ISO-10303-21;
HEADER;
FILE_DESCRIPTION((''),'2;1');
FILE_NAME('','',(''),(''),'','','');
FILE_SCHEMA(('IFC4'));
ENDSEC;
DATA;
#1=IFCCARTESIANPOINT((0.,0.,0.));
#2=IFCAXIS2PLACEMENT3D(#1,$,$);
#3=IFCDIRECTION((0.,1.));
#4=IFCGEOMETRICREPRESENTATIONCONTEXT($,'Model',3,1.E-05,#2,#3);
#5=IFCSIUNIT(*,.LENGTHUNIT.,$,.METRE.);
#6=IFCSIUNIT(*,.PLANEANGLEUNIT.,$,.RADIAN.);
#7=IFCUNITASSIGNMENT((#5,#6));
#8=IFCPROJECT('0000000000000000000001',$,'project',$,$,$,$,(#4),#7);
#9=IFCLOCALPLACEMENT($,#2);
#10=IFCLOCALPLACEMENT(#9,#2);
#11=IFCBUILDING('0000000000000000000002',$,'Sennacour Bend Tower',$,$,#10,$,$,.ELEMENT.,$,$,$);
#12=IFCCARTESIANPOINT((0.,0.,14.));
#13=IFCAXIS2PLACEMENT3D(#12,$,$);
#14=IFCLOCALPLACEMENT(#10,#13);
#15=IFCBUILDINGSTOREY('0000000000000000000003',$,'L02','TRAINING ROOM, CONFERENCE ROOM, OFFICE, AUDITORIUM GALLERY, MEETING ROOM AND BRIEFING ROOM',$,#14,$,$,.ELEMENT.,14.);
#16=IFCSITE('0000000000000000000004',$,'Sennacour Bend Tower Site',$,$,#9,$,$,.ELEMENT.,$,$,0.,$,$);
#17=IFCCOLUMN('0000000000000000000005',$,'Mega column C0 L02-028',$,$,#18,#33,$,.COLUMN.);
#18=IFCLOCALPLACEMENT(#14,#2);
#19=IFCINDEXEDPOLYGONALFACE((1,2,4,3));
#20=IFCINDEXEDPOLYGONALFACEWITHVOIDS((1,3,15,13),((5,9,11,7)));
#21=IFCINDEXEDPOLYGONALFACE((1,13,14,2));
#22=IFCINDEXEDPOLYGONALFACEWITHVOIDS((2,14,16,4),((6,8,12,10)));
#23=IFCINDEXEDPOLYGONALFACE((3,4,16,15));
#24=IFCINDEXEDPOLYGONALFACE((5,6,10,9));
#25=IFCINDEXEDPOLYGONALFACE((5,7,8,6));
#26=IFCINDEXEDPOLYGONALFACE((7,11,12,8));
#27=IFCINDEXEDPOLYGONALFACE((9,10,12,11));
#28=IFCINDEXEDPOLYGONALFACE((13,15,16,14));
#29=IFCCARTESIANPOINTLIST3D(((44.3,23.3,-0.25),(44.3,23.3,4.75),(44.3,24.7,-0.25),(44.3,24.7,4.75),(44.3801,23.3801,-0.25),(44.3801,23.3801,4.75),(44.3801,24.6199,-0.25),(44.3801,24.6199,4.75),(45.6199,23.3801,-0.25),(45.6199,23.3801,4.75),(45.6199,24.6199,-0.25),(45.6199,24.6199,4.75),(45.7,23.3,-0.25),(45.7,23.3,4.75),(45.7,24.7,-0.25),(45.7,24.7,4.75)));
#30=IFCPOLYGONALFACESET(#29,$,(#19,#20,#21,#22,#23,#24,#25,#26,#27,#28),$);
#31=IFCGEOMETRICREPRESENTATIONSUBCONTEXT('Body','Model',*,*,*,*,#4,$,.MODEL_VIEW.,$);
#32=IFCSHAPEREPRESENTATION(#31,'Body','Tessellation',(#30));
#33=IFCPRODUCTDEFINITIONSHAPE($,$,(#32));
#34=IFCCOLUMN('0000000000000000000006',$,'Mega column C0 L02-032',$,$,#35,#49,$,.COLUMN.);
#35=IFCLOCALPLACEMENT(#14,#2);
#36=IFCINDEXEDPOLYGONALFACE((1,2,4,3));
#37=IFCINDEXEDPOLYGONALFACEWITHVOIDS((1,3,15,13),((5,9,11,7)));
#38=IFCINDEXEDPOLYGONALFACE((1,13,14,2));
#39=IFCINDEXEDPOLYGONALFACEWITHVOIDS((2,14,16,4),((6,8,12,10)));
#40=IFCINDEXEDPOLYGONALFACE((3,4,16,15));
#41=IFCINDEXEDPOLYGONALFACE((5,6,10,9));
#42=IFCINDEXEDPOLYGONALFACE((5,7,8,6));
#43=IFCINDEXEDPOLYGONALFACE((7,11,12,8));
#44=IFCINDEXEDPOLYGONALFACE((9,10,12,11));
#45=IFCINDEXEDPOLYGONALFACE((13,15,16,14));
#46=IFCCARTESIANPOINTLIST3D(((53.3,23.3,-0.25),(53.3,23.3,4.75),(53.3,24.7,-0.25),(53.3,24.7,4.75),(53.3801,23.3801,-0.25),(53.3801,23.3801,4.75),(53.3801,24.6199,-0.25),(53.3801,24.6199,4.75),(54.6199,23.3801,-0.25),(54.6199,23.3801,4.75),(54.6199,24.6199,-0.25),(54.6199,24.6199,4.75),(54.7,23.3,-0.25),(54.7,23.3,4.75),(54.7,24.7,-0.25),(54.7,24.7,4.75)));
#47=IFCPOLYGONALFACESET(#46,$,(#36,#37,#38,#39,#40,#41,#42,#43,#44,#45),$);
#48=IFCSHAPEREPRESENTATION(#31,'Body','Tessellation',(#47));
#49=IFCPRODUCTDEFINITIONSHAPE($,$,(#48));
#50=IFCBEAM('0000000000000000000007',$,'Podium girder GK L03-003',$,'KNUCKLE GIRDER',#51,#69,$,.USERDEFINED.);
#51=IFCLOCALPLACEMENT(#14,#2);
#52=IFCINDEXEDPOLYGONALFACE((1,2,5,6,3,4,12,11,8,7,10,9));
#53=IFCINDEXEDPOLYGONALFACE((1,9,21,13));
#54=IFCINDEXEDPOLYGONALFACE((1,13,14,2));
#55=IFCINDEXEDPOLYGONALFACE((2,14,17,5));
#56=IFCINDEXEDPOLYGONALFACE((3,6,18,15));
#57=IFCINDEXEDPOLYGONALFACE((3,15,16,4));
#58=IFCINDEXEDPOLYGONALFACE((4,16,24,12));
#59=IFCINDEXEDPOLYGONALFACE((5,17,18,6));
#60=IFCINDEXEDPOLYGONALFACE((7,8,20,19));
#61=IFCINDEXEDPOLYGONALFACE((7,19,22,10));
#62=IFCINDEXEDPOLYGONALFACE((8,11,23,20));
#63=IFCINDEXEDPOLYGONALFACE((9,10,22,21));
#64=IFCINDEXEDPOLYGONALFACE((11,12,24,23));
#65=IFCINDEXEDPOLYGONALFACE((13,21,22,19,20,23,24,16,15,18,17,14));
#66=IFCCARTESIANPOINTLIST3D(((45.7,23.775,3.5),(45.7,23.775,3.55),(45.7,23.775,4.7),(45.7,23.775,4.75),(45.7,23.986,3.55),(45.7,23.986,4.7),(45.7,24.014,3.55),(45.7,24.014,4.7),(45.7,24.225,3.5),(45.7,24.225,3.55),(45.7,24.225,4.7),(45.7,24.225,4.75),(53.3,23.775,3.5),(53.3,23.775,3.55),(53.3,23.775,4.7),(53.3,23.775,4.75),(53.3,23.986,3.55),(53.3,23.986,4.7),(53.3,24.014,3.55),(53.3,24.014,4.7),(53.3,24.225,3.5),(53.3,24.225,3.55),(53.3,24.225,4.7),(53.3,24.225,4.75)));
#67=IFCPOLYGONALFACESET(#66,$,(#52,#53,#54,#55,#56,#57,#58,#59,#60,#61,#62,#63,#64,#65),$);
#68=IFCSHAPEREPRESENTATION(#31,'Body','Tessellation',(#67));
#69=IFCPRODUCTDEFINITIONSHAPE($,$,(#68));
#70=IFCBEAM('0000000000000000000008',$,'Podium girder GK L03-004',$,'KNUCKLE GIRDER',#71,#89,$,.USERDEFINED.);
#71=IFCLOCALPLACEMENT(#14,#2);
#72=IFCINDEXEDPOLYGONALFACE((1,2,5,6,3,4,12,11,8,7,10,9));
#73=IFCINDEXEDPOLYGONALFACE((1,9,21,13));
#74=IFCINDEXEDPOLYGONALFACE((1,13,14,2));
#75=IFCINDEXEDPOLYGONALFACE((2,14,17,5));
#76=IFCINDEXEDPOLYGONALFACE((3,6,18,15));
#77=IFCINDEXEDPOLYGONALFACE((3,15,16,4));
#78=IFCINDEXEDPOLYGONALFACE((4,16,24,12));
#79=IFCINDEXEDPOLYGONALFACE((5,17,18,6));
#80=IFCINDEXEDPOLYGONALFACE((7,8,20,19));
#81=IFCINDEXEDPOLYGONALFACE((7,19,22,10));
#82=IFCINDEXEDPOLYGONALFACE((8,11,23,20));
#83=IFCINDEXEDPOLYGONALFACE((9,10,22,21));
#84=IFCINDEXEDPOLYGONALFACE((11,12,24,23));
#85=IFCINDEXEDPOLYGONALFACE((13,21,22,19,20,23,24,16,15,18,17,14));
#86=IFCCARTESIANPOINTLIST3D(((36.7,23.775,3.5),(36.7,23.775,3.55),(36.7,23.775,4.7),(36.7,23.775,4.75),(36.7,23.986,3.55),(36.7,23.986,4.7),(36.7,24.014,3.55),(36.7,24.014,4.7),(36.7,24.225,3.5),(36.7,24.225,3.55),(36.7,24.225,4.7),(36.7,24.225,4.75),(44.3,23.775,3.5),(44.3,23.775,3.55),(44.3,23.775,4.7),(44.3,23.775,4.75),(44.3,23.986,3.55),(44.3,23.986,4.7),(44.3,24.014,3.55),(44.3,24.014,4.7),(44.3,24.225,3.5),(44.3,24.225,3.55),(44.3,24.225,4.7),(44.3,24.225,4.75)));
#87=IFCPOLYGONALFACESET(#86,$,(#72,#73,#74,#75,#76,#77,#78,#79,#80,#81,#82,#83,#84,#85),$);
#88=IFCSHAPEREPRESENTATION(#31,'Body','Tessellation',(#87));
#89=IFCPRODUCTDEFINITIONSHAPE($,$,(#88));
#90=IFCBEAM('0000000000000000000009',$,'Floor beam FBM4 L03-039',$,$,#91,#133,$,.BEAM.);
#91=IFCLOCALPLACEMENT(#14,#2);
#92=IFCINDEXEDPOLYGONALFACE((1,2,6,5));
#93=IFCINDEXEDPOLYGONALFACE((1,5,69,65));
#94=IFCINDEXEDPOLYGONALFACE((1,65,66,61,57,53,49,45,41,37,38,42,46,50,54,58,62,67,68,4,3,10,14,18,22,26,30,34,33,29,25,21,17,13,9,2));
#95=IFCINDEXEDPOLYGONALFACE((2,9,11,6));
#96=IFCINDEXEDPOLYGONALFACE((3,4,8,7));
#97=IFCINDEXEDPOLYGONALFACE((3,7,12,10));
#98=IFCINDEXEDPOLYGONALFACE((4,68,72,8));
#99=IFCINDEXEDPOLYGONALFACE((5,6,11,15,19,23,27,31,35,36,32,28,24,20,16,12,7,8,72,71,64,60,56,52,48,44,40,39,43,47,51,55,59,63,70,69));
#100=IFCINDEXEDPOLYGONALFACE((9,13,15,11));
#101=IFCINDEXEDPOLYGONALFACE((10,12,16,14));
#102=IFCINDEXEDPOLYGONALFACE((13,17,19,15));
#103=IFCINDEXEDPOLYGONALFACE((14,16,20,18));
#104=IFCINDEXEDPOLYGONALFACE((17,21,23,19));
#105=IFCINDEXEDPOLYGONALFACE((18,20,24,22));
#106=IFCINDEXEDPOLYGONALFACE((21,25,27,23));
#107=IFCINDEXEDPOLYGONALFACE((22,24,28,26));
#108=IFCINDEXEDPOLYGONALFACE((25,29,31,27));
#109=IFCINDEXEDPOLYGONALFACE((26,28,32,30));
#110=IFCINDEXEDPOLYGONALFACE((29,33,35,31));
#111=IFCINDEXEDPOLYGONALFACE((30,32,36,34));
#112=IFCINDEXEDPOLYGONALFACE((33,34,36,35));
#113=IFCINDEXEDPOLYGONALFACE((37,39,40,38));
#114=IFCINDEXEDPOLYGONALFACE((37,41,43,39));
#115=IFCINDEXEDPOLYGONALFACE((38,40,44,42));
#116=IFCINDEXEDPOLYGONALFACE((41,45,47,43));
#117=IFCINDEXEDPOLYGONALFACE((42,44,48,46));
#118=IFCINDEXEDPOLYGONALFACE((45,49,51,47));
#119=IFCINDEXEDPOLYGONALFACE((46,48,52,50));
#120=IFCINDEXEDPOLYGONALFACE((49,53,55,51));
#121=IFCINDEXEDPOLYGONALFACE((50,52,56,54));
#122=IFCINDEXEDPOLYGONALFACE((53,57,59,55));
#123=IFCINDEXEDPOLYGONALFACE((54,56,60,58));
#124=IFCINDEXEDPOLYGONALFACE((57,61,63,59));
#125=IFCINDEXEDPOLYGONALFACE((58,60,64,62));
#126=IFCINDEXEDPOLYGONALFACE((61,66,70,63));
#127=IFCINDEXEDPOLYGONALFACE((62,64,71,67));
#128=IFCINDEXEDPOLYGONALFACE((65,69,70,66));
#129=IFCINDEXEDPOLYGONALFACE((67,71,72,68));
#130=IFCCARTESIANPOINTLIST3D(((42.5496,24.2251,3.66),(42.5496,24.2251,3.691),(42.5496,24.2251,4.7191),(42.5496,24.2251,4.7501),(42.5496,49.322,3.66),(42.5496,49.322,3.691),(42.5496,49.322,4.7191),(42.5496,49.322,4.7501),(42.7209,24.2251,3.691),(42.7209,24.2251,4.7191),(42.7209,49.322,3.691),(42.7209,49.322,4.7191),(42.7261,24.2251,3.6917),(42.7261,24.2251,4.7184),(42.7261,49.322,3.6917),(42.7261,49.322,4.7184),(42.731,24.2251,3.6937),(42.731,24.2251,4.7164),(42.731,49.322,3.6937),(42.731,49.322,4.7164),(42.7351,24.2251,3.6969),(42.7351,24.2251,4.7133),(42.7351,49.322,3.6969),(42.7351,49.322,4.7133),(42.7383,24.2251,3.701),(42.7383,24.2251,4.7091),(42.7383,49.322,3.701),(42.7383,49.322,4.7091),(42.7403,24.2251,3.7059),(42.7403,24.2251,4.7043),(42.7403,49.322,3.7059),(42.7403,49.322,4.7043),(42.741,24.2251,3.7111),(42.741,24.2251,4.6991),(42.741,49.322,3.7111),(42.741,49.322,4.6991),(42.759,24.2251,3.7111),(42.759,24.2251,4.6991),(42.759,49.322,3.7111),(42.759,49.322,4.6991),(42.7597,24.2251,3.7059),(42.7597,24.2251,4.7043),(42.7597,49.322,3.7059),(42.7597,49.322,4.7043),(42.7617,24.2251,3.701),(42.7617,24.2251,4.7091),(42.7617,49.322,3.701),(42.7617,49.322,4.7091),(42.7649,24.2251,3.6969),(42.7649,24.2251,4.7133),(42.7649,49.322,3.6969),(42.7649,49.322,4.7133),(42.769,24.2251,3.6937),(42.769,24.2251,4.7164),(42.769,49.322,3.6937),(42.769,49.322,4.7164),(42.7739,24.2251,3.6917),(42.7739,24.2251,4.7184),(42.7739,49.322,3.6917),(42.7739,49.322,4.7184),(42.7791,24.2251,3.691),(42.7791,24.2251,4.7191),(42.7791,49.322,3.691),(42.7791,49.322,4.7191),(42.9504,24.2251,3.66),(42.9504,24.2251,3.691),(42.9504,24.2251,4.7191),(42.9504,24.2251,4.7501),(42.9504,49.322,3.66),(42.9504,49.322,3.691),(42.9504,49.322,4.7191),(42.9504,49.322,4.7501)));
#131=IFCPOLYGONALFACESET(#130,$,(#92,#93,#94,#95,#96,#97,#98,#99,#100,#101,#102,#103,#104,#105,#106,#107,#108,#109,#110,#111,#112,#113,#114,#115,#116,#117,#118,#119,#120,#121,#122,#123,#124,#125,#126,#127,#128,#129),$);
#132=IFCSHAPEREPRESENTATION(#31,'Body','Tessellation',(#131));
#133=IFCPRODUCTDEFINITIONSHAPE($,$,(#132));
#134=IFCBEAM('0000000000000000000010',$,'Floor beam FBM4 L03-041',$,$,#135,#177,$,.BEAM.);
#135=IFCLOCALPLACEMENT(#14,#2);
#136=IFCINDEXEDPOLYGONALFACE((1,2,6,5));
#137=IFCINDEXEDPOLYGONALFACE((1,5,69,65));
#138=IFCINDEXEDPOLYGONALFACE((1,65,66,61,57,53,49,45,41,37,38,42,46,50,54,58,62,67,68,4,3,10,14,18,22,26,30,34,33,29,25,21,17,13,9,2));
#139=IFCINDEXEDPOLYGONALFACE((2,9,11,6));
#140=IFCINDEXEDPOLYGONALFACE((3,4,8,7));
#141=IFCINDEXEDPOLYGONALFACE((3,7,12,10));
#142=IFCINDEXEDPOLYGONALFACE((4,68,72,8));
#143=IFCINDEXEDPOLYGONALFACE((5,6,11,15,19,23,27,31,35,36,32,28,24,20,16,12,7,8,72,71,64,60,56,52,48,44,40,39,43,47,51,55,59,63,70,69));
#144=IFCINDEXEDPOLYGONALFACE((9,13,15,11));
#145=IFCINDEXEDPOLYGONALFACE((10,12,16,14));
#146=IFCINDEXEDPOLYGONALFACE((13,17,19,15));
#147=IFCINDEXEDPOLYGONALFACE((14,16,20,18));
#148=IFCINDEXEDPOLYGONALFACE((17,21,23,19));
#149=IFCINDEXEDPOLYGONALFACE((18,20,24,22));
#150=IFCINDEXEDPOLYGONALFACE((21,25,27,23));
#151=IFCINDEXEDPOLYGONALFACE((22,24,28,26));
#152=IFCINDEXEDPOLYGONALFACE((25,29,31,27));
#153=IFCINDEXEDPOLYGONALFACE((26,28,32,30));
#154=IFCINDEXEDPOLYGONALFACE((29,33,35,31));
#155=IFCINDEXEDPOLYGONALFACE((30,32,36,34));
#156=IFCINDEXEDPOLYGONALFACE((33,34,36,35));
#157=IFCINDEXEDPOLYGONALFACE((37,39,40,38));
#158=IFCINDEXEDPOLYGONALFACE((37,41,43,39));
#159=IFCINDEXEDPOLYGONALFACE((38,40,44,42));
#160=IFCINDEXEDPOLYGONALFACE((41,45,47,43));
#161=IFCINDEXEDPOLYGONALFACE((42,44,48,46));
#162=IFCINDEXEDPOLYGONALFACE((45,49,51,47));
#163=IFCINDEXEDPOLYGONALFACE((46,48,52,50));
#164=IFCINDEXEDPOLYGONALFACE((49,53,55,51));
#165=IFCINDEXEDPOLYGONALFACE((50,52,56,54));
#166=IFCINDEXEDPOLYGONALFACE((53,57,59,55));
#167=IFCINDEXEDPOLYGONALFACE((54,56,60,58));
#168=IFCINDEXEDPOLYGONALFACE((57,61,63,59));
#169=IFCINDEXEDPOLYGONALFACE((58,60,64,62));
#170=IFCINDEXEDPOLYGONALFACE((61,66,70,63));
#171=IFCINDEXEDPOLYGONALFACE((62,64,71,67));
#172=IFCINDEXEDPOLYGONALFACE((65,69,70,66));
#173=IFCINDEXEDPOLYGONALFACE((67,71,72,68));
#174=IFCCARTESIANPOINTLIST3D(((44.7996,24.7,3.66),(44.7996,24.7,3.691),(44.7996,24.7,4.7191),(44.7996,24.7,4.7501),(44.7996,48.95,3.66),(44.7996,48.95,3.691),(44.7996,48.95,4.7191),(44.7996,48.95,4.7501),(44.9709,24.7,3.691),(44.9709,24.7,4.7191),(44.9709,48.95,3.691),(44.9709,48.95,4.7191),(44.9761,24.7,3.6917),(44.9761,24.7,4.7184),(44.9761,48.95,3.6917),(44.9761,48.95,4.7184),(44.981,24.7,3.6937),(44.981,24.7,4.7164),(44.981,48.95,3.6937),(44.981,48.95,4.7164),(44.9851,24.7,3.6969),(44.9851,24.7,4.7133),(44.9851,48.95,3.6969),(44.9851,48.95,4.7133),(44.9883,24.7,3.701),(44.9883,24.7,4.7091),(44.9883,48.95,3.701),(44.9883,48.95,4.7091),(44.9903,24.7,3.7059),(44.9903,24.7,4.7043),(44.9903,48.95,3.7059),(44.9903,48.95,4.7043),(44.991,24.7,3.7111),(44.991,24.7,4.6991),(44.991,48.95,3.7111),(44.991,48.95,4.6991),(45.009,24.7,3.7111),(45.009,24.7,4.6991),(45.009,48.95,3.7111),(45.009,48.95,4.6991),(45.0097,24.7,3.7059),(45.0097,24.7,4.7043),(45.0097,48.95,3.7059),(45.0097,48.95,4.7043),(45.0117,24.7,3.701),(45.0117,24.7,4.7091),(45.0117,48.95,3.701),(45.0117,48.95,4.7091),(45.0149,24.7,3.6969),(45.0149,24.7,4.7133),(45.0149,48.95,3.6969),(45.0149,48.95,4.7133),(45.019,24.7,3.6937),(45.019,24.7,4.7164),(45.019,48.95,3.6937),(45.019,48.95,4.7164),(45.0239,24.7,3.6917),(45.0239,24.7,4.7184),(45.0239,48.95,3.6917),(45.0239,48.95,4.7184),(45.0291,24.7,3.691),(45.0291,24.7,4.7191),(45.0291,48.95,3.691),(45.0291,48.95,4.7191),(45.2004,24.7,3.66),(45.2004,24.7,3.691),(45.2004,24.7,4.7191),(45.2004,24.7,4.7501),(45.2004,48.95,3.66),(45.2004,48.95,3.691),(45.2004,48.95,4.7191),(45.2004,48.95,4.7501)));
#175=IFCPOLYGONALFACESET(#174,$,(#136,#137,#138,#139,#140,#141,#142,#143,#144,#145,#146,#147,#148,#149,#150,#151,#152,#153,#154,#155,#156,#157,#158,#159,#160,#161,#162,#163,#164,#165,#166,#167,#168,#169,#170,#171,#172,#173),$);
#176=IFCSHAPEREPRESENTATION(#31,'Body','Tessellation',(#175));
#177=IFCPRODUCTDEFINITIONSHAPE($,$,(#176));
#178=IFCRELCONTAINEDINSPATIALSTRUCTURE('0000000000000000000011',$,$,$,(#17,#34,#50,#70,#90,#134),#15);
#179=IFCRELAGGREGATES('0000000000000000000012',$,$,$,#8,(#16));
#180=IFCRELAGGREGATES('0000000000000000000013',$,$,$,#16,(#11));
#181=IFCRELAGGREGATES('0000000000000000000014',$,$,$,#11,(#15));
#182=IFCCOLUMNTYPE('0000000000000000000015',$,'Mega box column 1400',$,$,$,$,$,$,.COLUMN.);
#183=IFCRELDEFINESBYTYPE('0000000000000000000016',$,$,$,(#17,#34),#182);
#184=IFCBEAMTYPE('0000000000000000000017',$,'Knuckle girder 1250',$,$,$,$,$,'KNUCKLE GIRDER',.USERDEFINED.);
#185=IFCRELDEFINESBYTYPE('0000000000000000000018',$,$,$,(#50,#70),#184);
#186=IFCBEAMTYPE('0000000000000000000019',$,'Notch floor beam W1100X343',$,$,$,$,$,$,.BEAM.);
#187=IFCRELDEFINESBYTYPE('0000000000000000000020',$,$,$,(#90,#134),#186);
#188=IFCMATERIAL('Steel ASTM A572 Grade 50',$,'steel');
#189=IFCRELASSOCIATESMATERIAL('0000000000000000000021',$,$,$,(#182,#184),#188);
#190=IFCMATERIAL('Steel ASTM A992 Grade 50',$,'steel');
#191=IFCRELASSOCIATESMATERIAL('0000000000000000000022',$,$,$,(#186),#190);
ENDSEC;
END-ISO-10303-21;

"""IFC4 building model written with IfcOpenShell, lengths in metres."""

from ifc_helpers import new_model, si_unit, direction, frame, origin, origin_2d, place, context, subcontext, project, spatial, hollow_rectangle, i_section, extrude, material, material_profile, profile_set, type_object, element, save


model = new_model("IFC4")

# Units and contexts
model_context = context("Model", 3, precision=1e-05, world=origin(), true_north=direction((0.0, 1.0)))
body_context = subcontext(model_context, "Body", "Model", "MODEL_VIEW")
ifc_project = project(units=[si_unit("LENGTHUNIT", "METRE"), si_unit("PLANEANGLEUNIT", "RADIAN")], contexts=[model_context])

# Site, building, storey
site_placement = place(None, origin())
site = spatial("IfcSite", under=ifc_project, at=site_placement, Name="Sennacour Bend Tower Site", CompositionType="ELEMENT", RefElevation=0.0)
building_placement = place(site_placement, origin())
building = spatial("IfcBuilding", under=site, at=building_placement, Name="Sennacour Bend Tower", CompositionType="ELEMENT")
storey_placement = place(building_placement, frame((0.0, 0.0, 14.0)))
storey = spatial("IfcBuildingStorey", under=building, at=storey_placement, Name="L02", Description="TRAINING ROOM, CONFERENCE ROOM, OFFICE, AUDITORIUM GALLERY, MEETING ROOM AND BRIEFING ROOM", CompositionType="ELEMENT", Elevation=14.0)

# Columns
ifc_material_1 = material(Name="Steel ASTM A572 Grade 50", Category="steel")
ifc_material_profile_1 = material_profile(ifc_material_1, hollow_rectangle(XDim=1.3999, YDim=1.3999, WallThickness=0.0801, at=origin_2d()), Name="Steel ASTM A572 Grade 50", Category="steel")
ifc_profile_set_1 = profile_set([ifc_material_profile_1], Name="Steel ASTM A572 Grade 50")
column_type = type_object("IfcColumnType", Name="Mega box column 1400", PredefinedType="COLUMN", material=ifc_profile_set_1)
for number, where, z_axis, x_axis, name in (
    (1, (45.0, 24.0, -0.25), (0.0, 0.0, 1.0), (1.0, 0.0, 0.0), "Mega column C0 L02-028"),
    (2, (54.0, 24.0, -0.25), (0.0, 0.0, 1.0), (1.0, 0.0, 0.0), "Mega column C0 L02-032"),
):
    element("IfcColumn", number, at=place(storey_placement, frame(where, z_axis=z_axis, x_axis=x_axis)), inside=storey, type_object=column_type, Name=name, PredefinedType="COLUMN", context=body_context, shape_type="SweptSolid", body=[
        extrude(hollow_rectangle(XDim=1.3999, YDim=1.3999, WallThickness=0.0801, at=origin_2d()), origin(), (0.0, 0.0, 1.0), 5.0),
    ])

# Beams
ifc_material_profile_2 = material_profile(ifc_material_1, i_section(OverallWidth=0.45, OverallDepth=1.25, WebThickness=0.0281, FlangeThickness=0.05, at=origin_2d()), Name="Steel ASTM A572 Grade 50", Category="steel")
ifc_profile_set_2 = profile_set([ifc_material_profile_2], Name="Steel ASTM A572 Grade 50")
beam_type_1 = type_object("IfcBeamType", Name="Knuckle girder 1250", ElementType="KNUCKLE GIRDER", PredefinedType="USERDEFINED", material=ifc_profile_set_2)
for number, where, z_axis, x_axis, name in (
    (3, (53.3, 24.0, 4.125), (-1.0, 0.0, 0.0), (0.0, -1.0, 0.0), "Podium girder GK L03-003"),
    (4, (44.3, 24.0, 4.125), (-1.0, 0.0, 0.0), (0.0, -1.0, 0.0), "Podium girder GK L03-004"),
):
    element("IfcBeam", number, at=place(storey_placement, frame(where, z_axis=z_axis, x_axis=x_axis)), inside=storey, type_object=beam_type_1, Name=name, ObjectType="KNUCKLE GIRDER", PredefinedType="USERDEFINED", context=body_context, shape_type="SweptSolid", body=[
        extrude(i_section(OverallWidth=0.45, OverallDepth=1.25, WebThickness=0.0281, FlangeThickness=0.05, at=origin_2d()), origin(), (0.0, 0.0, 1.0), 7.6001),
    ])
ifc_material_2 = material(Name="Steel ASTM A992 Grade 50", Category="steel")
ifc_material_profile_3 = material_profile(ifc_material_2, i_section(OverallWidth=0.4009, OverallDepth=1.0901, WebThickness=0.0181, FlangeThickness=0.031, FilletRadius=0.02, at=origin_2d()), Name="Steel ASTM A992 Grade 50", Category="steel")
ifc_profile_set_3 = profile_set([ifc_material_profile_3], Name="Steel ASTM A992 Grade 50")
beam_type_2 = type_object("IfcBeamType", Name="Notch floor beam W1100X343", PredefinedType="BEAM", material=ifc_profile_set_3)
beam_1_placement = place(storey_placement, frame((42.75, 24.2251, 4.2051), z_axis=(0.0, 1.0, 0.0), x_axis=(-1.0, 0.0, 0.0)))
element("IfcBeam", 5, at=beam_1_placement, inside=storey, type_object=beam_type_2, Name="Floor beam FBM4 L03-039", PredefinedType="BEAM", context=body_context, shape_type="SweptSolid", body=[
    extrude(i_section(OverallWidth=0.4009, OverallDepth=1.0901, WebThickness=0.0181, FlangeThickness=0.031, FilletRadius=0.02, at=origin_2d()), origin(), (0.0, 0.0, 1.0), 25.0969),
])
beam_2_placement = place(storey_placement, frame((45.0, 24.7, 4.2051), z_axis=(0.0, 1.0, 0.0), x_axis=(-1.0, 0.0, 0.0)))
element("IfcBeam", 6, at=beam_2_placement, inside=storey, type_object=beam_type_2, Name="Floor beam FBM4 L03-041", PredefinedType="BEAM", context=body_context, shape_type="SweptSolid", body=[
    extrude(i_section(OverallWidth=0.4009, OverallDepth=1.0901, WebThickness=0.0181, FlangeThickness=0.031, FilletRadius=0.02, at=origin_2d()), origin(), (0.0, 0.0, 1.0), 24.25),
])

save(model, "model.ifc")
